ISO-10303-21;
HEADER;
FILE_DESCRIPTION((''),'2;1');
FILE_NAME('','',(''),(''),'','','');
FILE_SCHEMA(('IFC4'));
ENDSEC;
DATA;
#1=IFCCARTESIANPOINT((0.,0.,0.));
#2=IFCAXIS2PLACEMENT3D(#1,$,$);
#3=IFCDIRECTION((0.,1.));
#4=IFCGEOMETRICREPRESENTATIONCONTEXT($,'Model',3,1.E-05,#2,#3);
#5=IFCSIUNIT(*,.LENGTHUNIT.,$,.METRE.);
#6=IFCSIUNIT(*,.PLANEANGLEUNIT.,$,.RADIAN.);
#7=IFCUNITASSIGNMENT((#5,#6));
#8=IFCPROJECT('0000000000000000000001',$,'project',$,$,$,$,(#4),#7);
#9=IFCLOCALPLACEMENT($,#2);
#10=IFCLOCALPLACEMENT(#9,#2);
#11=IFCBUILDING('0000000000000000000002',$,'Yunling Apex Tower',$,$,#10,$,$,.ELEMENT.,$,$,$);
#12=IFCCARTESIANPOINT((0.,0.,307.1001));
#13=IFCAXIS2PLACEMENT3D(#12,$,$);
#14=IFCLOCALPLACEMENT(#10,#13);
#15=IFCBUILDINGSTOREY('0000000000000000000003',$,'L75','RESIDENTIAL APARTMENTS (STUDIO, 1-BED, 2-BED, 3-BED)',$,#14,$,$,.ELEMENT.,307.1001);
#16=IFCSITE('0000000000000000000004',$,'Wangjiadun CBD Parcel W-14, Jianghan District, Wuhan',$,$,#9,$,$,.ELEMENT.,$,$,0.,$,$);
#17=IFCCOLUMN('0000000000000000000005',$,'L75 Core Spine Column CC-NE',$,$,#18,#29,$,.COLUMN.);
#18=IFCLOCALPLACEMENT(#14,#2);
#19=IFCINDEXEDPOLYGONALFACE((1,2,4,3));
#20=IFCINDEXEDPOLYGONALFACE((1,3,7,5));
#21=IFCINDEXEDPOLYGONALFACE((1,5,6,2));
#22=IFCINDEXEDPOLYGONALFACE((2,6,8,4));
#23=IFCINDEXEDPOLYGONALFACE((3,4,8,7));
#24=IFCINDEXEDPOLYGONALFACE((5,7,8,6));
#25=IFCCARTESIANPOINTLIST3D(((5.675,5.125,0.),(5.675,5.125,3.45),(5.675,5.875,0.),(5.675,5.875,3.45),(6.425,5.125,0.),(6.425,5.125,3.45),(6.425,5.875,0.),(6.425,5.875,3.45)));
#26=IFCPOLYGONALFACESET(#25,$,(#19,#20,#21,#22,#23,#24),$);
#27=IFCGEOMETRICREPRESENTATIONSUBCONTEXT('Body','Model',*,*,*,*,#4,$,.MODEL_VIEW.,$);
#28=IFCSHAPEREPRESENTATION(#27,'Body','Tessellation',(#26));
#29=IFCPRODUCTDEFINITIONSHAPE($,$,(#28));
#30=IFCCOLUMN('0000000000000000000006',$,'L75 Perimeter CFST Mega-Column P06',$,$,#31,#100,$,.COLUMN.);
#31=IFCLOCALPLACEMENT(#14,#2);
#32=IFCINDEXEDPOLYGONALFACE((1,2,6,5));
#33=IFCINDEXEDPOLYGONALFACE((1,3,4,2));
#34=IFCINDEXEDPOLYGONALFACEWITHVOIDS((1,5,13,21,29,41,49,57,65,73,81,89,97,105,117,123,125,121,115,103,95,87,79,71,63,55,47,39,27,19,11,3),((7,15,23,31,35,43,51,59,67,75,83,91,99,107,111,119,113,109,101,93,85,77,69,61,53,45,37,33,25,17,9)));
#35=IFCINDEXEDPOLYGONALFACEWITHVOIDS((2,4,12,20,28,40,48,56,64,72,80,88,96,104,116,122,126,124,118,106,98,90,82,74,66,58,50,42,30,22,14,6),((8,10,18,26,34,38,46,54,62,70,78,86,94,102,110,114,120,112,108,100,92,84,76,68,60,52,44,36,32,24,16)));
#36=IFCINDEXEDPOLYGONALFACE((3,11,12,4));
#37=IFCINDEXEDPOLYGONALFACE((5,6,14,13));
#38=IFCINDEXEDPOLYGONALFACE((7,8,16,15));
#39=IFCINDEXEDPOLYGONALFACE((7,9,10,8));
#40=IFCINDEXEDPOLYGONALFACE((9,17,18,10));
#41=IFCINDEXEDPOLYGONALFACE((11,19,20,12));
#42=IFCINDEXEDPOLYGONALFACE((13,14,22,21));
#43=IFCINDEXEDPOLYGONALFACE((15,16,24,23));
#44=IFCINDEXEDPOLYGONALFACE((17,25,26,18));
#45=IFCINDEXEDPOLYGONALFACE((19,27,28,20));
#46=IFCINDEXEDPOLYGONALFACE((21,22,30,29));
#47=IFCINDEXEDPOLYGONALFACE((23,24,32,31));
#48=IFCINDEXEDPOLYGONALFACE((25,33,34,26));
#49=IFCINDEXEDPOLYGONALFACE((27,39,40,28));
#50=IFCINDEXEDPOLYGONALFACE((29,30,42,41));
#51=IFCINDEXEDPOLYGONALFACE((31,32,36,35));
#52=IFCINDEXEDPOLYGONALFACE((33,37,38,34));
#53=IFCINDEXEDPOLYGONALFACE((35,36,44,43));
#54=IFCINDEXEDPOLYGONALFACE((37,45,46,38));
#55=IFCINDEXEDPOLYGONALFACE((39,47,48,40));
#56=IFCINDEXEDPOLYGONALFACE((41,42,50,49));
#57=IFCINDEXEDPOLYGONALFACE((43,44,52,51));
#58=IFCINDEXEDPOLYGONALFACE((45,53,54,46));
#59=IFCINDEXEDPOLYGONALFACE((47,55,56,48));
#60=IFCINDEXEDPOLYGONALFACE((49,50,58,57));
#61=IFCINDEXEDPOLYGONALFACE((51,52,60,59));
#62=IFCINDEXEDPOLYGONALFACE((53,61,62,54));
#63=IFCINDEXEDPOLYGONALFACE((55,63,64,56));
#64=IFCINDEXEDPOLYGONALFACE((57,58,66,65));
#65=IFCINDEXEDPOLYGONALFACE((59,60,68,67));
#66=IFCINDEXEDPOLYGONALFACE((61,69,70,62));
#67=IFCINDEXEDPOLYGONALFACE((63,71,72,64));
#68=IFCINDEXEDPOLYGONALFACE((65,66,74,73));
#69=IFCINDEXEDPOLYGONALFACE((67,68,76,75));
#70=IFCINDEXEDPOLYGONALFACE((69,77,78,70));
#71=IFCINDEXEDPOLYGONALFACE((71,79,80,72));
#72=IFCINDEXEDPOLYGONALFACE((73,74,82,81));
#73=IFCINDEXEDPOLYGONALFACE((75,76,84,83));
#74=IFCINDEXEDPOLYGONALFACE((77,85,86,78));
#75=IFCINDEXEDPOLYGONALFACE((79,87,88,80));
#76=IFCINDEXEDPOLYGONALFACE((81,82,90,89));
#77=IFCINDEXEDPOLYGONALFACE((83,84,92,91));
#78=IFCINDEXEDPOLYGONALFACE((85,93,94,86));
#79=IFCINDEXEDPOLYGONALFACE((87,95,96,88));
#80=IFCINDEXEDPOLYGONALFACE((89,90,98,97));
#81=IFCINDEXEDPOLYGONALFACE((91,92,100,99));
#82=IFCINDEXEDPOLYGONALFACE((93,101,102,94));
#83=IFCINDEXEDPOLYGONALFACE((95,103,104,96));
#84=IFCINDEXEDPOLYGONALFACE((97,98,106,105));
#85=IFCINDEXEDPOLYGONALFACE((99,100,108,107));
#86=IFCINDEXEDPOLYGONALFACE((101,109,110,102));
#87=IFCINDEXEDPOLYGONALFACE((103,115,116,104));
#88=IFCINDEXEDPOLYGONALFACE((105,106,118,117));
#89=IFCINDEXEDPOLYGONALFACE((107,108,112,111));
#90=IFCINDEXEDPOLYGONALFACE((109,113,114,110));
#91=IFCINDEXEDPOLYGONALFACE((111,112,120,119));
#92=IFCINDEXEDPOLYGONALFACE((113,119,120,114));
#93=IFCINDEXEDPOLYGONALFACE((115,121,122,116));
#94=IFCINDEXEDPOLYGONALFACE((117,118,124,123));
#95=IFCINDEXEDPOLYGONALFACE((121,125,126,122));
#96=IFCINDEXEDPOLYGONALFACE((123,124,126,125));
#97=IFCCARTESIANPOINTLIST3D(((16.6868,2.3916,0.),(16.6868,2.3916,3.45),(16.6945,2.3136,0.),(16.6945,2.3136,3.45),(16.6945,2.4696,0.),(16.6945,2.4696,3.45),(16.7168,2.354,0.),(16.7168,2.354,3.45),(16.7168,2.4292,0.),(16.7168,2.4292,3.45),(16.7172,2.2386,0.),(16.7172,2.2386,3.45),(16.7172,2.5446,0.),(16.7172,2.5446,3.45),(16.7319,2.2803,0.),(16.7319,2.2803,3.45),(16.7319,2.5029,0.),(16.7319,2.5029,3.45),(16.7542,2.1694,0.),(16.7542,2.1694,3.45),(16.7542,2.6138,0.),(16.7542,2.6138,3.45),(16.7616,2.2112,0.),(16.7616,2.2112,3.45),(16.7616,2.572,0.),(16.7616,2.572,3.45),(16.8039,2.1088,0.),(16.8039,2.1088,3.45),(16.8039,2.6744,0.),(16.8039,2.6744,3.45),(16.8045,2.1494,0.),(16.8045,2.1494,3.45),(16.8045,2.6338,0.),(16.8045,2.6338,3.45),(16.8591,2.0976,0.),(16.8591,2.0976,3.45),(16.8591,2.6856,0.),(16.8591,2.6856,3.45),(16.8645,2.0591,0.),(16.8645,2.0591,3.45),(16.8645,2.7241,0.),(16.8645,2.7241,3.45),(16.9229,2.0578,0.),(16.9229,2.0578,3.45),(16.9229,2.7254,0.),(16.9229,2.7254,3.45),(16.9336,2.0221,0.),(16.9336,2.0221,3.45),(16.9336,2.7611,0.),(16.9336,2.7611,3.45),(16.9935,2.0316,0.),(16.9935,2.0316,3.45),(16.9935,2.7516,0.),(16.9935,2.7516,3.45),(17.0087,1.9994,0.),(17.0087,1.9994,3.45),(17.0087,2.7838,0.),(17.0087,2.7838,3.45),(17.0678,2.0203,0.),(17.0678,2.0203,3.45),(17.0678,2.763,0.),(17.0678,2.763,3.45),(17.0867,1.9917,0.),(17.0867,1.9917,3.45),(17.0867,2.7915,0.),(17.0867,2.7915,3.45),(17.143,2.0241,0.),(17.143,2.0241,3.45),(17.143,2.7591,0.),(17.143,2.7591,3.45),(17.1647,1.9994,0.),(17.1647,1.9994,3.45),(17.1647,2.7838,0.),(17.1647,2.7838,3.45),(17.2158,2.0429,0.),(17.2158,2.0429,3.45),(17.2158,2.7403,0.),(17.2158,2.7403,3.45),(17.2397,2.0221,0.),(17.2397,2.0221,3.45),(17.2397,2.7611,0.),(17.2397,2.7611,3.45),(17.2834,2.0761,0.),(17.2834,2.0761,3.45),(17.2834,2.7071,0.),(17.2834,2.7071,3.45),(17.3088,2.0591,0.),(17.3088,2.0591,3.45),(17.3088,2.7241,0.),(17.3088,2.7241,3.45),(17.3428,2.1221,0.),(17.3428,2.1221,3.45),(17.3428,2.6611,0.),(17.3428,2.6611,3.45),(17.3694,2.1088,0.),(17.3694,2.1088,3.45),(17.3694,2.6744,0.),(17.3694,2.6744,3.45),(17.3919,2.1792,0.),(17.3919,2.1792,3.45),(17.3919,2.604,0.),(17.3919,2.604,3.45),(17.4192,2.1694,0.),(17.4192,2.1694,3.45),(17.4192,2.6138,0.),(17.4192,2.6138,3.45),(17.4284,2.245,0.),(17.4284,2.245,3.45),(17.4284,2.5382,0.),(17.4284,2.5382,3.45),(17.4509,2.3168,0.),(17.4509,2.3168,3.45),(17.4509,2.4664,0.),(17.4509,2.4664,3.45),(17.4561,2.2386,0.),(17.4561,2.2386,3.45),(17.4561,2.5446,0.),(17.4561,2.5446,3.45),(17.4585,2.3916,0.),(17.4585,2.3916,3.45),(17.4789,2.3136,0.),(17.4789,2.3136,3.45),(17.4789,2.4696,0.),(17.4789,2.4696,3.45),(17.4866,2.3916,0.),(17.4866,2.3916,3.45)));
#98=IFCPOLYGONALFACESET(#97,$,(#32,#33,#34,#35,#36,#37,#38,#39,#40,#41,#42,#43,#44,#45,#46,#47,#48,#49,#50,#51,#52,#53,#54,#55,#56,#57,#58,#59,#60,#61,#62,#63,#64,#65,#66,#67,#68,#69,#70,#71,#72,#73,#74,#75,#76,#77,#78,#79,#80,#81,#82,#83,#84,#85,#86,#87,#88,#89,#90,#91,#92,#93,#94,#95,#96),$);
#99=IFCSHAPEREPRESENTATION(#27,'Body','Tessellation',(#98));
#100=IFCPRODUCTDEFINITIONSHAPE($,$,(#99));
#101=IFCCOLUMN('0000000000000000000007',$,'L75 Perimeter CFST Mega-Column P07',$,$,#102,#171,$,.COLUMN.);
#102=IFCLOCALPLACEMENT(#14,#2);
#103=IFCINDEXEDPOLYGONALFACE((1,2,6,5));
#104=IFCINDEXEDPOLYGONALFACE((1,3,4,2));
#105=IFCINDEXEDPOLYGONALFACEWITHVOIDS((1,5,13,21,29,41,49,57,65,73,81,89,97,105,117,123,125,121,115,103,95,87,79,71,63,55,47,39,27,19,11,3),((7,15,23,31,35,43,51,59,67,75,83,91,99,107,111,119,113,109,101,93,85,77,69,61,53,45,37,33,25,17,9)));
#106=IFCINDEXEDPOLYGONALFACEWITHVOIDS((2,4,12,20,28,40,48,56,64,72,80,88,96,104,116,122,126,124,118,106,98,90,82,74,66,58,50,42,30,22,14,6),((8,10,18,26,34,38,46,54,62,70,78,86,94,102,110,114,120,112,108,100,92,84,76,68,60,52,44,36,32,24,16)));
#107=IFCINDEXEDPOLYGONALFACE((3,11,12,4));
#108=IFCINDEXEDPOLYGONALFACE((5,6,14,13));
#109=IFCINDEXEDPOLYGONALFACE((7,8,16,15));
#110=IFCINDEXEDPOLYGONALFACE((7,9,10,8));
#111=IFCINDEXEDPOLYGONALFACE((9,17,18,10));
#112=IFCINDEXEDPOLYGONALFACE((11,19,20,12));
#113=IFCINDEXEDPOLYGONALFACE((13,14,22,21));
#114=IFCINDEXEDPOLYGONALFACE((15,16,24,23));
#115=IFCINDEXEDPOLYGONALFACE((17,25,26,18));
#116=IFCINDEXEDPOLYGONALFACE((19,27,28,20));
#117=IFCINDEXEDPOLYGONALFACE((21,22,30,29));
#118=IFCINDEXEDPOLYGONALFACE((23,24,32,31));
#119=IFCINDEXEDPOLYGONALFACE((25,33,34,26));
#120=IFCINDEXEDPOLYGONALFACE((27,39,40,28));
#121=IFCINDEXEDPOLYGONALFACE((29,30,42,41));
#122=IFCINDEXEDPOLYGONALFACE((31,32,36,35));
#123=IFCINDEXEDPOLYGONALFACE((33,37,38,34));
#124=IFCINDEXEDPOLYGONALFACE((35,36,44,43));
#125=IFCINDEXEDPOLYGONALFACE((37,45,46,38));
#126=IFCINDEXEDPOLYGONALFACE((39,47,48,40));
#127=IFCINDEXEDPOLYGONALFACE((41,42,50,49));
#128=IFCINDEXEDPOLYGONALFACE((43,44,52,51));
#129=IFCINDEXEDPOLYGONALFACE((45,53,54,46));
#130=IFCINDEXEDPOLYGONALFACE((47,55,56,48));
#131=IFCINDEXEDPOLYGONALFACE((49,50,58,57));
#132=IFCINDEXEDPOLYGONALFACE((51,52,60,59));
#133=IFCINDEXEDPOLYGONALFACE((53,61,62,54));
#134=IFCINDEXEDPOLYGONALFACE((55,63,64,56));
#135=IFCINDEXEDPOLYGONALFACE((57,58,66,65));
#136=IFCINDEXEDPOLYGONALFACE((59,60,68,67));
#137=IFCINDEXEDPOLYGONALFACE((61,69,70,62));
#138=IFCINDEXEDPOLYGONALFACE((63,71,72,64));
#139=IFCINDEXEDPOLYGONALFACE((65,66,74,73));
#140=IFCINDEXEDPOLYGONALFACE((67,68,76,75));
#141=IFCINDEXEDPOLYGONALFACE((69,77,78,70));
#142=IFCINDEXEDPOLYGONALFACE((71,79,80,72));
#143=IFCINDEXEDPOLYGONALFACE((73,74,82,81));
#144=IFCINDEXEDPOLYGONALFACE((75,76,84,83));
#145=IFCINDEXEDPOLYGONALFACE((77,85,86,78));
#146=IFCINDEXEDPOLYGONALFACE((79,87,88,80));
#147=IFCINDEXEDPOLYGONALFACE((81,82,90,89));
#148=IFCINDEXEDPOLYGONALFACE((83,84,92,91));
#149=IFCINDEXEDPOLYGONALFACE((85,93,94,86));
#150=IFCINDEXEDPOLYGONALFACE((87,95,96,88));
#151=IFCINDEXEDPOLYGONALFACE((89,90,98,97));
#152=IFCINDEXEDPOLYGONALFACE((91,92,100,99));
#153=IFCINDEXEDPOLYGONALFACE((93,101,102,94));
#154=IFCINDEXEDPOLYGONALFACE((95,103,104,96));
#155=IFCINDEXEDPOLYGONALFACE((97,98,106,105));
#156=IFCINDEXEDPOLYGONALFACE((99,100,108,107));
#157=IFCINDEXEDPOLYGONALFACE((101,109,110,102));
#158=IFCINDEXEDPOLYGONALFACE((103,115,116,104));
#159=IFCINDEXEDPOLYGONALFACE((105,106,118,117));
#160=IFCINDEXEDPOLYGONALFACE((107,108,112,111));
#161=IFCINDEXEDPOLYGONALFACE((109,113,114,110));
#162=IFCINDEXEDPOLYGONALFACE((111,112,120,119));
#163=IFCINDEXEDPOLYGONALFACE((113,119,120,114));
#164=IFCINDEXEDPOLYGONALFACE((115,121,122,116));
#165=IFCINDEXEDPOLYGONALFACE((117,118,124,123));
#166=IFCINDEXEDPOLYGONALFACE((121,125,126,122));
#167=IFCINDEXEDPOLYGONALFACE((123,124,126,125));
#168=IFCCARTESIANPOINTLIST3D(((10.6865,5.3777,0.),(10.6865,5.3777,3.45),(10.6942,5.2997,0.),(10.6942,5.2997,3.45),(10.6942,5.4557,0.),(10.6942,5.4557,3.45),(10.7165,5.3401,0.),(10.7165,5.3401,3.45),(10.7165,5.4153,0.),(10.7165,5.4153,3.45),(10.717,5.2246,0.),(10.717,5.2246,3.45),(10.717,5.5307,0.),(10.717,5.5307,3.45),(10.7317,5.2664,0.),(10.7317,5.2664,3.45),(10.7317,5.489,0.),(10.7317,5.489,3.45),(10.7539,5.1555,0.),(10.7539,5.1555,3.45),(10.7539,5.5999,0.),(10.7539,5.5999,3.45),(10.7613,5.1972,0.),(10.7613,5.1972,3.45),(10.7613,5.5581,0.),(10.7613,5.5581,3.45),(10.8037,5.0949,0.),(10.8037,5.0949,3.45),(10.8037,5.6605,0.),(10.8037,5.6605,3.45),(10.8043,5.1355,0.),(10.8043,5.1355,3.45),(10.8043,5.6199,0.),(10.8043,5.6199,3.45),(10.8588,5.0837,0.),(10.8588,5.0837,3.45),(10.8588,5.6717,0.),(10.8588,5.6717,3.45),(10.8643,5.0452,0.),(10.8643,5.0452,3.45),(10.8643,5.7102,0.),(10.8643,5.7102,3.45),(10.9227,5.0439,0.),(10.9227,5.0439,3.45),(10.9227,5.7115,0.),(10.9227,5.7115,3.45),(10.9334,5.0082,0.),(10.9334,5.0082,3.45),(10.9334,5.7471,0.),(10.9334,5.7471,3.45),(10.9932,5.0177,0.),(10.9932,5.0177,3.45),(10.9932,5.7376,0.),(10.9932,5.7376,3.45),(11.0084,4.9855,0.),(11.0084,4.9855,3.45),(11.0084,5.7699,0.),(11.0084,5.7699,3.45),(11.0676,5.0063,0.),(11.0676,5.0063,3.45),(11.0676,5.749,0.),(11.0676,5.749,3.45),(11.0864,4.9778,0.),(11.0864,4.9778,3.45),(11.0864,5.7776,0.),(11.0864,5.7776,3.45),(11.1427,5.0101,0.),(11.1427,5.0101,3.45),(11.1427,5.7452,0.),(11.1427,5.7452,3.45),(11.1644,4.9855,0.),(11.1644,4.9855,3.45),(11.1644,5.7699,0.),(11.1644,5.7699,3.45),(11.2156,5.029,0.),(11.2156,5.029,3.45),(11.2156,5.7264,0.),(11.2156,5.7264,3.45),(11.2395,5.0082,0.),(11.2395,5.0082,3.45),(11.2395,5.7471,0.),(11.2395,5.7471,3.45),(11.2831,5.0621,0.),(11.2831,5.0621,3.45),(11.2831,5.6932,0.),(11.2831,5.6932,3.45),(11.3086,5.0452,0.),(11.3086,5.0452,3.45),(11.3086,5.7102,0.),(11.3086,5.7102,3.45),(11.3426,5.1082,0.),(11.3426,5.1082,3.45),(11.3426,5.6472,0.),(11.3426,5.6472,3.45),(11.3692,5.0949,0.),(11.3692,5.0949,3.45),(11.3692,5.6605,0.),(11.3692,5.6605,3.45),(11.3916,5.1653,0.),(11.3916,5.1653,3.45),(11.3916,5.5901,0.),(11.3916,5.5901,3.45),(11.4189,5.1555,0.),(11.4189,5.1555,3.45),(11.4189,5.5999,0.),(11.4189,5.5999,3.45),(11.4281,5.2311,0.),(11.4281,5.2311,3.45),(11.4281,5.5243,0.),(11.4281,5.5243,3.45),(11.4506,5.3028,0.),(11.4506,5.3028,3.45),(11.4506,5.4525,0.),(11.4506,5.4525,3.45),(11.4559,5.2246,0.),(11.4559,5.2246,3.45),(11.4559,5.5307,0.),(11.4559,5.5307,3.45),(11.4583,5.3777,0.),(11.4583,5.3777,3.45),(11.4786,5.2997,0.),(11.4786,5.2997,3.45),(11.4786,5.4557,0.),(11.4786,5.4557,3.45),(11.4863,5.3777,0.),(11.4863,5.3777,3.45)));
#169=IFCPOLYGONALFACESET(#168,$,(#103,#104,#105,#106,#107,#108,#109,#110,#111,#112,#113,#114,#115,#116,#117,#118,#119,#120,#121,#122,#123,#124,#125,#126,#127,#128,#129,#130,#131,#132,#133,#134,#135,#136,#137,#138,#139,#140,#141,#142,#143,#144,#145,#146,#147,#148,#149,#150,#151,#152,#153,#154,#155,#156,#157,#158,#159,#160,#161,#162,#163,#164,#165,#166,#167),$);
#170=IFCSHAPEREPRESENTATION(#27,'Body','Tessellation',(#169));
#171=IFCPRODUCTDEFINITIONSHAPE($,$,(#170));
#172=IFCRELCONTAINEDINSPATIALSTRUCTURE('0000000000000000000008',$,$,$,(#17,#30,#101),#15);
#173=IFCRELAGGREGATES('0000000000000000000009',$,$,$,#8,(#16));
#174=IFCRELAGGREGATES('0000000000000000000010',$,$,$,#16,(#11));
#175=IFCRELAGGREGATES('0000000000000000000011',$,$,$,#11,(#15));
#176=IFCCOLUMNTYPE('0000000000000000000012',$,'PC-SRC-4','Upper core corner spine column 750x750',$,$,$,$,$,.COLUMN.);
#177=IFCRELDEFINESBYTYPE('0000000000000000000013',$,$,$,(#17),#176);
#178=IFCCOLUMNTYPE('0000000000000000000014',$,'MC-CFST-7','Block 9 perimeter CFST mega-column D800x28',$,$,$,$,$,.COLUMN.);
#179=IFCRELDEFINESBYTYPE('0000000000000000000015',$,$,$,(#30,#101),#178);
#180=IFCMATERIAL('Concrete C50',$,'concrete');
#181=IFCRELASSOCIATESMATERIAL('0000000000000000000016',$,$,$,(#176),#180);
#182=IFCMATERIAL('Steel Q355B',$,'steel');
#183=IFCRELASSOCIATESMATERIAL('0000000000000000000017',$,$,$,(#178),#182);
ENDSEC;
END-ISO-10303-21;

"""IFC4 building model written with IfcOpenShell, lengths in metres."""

from ifc_helpers import new_model, si_unit, direction, frame, origin, origin_2d, place, context, subcontext, project, spatial, rectangle, hollow_circle, extrude, source, transform, mapped, material, material_profile, profile_set, type_object, element, save


model = new_model("IFC4")

# Units and contexts
model_context = context("Model", 3, precision=1e-05, world=origin(), true_north=direction((0.0, 1.0)))
body_context = subcontext(model_context, "Body", "Model", "MODEL_VIEW")
ifc_project = project(units=[si_unit("LENGTHUNIT", "METRE"), si_unit("PLANEANGLEUNIT", "RADIAN")], contexts=[model_context])

# Site, building, storey
site_placement = place(None, origin())
site = spatial("IfcSite", under=ifc_project, at=site_placement, Name="Wangjiadun CBD Parcel W-14, Jianghan District, Wuhan", CompositionType="ELEMENT", RefElevation=0.0)
building_placement = place(site_placement, origin())
building = spatial("IfcBuilding", under=site, at=building_placement, Name="Yunling Apex Tower", CompositionType="ELEMENT")
storey_placement = place(building_placement, frame((0.0, 0.0, 307.1001)))
storey = spatial("IfcBuildingStorey", under=building, at=storey_placement, Name="L75", Description="RESIDENTIAL APARTMENTS (STUDIO, 1-BED, 2-BED, 3-BED)", CompositionType="ELEMENT", Elevation=307.1001)

# Columns
ifc_material_1 = material(Name="Concrete C50", Category="concrete")
ifc_material_profile_1 = material_profile(ifc_material_1, rectangle(XDim=0.75, YDim=0.75, at=origin_2d()))
ifc_profile_set_1 = profile_set([ifc_material_profile_1], Name="Concrete C50")
column_type_1 = type_object("IfcColumnType", Name="PC-SRC-4", Description="Upper core corner spine column 750x750", PredefinedType="COLUMN", material=ifc_profile_set_1)
shared_shape_1 = source(origin(), body_context, "Body", "SweptSolid", [
    extrude(rectangle(XDim=0.75, YDim=0.75, at=origin_2d()), origin(), (0.0, 0.0, 1.0), 3.45),
])
column_placement = place(storey_placement, frame((6.05, 5.5, 0.0), z_axis=(0.0, 0.0, 1.0), x_axis=(1.0, 0.0, 0.0)))
element("IfcColumn", 1, at=column_placement, inside=storey, type_object=column_type_1, Name="L75 Core Spine Column CC-NE", PredefinedType="COLUMN", context=body_context, shape_type="MappedRepresentation", body=[
    mapped(shared_shape_1, transform((0.0, 0.0, 0.0), scale=1.0)),
])
ifc_material_2 = material(Name="Steel Q355B", Category="steel")
ifc_material_profile_2 = material_profile(ifc_material_2, hollow_circle(Radius=0.3999, WallThickness=0.0281, at=origin_2d()))
ifc_profile_set_2 = profile_set([ifc_material_profile_2], Name="Steel Q355B")
column_type_2 = type_object("IfcColumnType", Name="MC-CFST-7", Description="Block 9 perimeter CFST mega-column D800x28", PredefinedType="COLUMN", material=ifc_profile_set_2)
shared_shape_2 = source(origin(), body_context, "Body", "SweptSolid", [
    extrude(hollow_circle(Radius=0.3999, WallThickness=0.0281, at=origin_2d()), origin(), (0.0, 0.0, 1.0), 3.45),
])
for number, where, z_axis, x_axis, name in (
    (2, (17.0867, 2.3916, 0.0), (0.0, 0.0, 1.0), (1.0, 0.0, 0.0), "L75 Perimeter CFST Mega-Column P06"),
    (3, (11.0864, 5.3777, 0.0), (0.0, 0.0, 1.0), (1.0, 0.0, 0.0), "L75 Perimeter CFST Mega-Column P07"),
):
    element("IfcColumn", number, at=place(storey_placement, frame(where, z_axis=z_axis, x_axis=x_axis)), inside=storey, type_object=column_type_2, Name=name, PredefinedType="COLUMN", context=body_context, shape_type="MappedRepresentation", body=[
        mapped(shared_shape_2, transform((0.0, 0.0, 0.0), scale=1.0)),
    ])

save(model, "model.ifc")
